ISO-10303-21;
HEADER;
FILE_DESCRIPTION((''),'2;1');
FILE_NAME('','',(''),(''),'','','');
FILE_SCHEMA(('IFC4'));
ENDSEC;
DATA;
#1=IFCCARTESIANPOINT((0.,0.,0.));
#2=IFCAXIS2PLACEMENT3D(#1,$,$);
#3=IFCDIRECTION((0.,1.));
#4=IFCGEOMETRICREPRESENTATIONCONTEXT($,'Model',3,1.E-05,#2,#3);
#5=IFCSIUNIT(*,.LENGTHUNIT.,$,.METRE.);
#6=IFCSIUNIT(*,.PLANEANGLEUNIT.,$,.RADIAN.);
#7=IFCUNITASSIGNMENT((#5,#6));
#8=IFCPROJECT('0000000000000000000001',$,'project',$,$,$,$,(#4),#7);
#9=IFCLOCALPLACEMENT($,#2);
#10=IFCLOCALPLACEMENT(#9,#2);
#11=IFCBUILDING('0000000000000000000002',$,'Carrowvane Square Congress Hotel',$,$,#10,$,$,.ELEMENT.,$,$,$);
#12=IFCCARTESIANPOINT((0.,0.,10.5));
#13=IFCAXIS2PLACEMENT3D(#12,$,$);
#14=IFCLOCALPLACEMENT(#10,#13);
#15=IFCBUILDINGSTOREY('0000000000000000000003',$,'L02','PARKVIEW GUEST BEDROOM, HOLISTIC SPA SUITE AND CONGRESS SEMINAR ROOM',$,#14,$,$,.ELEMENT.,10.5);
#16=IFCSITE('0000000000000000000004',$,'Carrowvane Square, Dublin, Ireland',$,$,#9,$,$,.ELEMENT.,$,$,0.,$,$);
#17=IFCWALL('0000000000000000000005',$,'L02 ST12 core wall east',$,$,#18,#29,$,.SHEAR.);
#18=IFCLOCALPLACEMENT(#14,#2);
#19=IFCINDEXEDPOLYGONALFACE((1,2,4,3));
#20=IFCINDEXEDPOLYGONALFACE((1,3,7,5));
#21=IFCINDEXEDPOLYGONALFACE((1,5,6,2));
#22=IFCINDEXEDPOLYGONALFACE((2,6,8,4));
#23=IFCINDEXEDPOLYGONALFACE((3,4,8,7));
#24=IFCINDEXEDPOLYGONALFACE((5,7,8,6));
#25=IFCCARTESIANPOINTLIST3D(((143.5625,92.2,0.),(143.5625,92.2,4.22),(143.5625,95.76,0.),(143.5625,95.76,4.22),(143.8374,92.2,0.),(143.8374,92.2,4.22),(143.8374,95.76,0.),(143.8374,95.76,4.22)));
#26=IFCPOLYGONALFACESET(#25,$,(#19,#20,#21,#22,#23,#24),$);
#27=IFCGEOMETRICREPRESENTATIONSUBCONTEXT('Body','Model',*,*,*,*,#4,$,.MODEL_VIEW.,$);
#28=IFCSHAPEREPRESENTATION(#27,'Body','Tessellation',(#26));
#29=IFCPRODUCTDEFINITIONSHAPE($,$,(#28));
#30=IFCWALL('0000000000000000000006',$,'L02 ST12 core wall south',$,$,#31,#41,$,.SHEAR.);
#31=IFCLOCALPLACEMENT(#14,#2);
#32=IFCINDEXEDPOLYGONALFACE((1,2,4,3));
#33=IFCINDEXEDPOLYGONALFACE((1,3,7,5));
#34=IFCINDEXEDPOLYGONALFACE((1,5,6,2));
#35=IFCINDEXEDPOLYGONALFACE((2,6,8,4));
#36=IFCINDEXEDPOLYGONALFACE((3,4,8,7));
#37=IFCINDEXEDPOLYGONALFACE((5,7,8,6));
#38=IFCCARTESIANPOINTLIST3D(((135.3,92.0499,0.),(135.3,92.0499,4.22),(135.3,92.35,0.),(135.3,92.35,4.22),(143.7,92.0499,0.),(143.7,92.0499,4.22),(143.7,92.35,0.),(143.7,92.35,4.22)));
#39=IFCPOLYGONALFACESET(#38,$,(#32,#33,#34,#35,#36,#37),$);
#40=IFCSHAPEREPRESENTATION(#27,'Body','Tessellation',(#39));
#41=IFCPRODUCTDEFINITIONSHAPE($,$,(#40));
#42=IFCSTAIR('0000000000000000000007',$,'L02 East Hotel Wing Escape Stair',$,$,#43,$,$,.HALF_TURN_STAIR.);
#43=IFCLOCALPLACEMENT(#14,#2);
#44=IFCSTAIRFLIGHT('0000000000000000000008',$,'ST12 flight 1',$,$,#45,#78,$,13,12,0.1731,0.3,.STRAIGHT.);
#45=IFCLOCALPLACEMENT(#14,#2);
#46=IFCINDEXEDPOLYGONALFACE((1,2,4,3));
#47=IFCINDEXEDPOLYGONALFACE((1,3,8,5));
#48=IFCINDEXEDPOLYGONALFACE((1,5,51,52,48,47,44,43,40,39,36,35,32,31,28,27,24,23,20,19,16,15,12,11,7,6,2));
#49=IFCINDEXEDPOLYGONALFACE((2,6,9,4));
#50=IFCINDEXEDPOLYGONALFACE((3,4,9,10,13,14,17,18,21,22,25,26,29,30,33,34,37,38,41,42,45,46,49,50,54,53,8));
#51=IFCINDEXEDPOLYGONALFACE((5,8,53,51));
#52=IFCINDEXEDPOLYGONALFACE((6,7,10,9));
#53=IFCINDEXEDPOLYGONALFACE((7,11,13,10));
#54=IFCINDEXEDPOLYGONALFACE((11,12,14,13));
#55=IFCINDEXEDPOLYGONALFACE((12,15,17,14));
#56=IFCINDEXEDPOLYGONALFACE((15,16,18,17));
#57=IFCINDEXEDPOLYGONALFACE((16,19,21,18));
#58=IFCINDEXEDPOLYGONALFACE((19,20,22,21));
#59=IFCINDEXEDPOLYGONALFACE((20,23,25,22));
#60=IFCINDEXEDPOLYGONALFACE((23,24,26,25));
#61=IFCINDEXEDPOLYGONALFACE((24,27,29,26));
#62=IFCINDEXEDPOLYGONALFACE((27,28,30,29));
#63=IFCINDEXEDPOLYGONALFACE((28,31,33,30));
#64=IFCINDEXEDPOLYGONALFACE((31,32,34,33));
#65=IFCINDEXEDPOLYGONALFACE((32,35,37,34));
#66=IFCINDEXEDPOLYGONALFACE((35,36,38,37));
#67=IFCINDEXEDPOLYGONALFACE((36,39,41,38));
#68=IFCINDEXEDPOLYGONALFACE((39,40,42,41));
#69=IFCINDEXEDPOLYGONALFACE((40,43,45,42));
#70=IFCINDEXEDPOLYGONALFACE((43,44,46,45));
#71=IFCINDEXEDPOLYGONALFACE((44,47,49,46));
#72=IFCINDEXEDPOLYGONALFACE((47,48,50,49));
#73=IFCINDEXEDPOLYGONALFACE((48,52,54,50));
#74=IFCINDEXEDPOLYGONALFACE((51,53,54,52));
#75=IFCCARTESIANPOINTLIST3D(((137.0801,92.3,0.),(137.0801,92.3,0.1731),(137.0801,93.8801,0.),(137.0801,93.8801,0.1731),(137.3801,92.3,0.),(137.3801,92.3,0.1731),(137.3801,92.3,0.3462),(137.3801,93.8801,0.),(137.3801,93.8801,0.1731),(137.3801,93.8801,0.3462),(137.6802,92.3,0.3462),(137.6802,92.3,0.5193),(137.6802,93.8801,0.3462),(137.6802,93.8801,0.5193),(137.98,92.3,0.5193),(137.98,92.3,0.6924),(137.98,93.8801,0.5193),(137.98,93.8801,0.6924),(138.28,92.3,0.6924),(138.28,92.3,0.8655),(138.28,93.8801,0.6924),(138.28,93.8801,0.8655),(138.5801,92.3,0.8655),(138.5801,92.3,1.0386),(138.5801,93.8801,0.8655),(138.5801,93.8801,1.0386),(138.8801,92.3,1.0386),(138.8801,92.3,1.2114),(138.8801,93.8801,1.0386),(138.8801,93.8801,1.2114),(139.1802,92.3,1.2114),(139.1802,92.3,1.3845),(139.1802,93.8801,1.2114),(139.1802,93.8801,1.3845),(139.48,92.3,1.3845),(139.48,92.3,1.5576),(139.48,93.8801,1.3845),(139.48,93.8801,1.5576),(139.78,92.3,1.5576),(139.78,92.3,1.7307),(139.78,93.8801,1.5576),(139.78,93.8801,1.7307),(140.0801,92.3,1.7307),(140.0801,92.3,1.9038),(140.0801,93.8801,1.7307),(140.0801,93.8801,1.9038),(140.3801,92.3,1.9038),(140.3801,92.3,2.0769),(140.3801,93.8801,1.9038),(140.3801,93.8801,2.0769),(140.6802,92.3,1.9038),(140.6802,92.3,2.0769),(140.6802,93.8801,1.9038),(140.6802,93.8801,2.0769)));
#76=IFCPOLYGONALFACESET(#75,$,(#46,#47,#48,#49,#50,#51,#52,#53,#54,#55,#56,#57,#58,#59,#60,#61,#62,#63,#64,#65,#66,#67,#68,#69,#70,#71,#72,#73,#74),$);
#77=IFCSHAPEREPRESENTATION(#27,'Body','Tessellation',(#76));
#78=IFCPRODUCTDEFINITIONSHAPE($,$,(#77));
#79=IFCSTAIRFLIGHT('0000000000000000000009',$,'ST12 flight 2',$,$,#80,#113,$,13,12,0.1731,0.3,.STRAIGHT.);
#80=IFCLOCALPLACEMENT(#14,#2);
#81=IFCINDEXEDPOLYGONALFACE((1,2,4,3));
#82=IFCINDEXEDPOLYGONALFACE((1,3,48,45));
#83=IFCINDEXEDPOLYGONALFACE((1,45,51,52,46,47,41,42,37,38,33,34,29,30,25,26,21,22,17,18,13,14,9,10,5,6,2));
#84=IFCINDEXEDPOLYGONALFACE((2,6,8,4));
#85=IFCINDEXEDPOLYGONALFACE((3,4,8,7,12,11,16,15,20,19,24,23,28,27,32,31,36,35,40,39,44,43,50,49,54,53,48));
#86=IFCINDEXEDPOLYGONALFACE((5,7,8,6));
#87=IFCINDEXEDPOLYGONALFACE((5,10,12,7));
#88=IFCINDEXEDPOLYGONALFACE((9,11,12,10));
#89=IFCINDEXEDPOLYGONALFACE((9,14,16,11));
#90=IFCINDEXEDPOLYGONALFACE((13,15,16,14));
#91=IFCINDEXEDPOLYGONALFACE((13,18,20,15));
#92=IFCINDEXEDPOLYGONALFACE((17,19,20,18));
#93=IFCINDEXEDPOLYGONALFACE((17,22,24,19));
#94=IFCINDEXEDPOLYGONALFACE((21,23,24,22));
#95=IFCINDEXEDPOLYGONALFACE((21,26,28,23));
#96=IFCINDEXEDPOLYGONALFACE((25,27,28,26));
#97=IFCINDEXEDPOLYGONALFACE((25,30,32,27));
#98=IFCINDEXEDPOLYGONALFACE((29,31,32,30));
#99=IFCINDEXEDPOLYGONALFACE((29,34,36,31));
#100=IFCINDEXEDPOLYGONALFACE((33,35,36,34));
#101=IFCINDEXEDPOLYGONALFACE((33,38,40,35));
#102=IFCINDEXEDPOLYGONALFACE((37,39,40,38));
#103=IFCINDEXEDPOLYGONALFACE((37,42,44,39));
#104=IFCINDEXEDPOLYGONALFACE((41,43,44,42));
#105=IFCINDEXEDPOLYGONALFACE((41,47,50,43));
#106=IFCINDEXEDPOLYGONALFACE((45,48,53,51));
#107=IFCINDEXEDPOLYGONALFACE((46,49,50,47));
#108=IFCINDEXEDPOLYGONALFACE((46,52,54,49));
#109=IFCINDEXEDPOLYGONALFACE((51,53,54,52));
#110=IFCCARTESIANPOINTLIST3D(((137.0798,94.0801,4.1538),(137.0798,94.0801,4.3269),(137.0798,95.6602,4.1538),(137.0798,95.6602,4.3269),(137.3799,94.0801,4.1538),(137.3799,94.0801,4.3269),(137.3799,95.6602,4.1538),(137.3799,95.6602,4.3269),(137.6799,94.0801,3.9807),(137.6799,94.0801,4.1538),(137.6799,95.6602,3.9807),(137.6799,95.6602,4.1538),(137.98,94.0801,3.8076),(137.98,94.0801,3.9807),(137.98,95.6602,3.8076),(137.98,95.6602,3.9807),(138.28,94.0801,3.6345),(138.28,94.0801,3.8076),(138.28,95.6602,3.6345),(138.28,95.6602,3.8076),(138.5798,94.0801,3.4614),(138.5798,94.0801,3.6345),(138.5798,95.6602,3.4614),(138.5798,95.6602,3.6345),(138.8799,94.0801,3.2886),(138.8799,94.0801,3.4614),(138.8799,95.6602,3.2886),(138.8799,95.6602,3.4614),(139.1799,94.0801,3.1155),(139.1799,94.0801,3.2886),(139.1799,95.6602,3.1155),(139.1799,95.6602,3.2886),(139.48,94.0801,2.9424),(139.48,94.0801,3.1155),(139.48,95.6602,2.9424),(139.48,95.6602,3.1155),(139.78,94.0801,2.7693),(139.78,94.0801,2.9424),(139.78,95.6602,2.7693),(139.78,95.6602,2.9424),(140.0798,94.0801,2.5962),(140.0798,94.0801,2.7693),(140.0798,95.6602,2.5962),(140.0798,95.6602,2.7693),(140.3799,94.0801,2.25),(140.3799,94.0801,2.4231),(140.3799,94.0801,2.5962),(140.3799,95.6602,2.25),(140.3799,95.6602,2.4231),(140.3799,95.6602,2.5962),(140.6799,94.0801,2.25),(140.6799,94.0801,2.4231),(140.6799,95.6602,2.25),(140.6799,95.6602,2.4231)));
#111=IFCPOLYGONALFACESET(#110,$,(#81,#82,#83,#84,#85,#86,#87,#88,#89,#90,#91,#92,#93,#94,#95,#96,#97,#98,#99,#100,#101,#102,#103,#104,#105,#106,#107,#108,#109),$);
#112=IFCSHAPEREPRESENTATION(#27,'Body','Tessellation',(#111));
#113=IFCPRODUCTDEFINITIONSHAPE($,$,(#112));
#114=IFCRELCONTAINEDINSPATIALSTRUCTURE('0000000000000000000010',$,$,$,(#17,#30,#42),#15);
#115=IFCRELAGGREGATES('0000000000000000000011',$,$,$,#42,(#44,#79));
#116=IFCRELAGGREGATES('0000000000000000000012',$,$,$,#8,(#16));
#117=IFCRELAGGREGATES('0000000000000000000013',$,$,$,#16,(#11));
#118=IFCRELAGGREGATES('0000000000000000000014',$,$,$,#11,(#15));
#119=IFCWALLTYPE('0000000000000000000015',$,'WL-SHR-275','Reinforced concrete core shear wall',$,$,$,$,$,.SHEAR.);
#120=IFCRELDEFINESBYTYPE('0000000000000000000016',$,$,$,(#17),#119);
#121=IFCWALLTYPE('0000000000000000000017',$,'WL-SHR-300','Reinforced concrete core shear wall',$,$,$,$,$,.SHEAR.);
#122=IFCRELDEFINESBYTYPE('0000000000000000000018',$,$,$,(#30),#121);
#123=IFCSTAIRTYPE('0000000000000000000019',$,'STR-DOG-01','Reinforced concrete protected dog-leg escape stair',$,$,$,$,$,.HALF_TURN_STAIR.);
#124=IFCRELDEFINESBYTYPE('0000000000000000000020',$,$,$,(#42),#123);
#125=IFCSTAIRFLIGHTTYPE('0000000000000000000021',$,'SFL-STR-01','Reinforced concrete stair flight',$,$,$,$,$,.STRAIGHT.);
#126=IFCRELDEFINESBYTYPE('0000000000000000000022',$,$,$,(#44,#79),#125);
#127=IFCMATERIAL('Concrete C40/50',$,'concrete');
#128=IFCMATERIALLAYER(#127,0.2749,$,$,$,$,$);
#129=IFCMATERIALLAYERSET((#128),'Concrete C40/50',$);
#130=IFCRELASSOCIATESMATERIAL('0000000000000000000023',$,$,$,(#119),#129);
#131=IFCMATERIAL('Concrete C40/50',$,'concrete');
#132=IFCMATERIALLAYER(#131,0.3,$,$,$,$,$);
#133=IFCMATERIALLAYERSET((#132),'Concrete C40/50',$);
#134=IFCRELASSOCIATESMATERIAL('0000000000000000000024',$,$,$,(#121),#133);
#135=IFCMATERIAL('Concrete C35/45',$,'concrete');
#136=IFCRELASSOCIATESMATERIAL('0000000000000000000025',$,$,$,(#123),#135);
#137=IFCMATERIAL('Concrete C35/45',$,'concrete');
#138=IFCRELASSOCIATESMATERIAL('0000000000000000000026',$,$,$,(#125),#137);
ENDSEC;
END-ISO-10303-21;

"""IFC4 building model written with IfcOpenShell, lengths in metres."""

from ifc_helpers import new_model, si_unit, direction, frame, frame_2d, origin, place, context, subcontext, project, spatial, polyline, rectangle, outline, extrude, material, layer, layer_set, type_object, element, aggregate, save


model = new_model("IFC4")

# Units and contexts
model_context = context("Model", 3, precision=1e-05, world=origin(), true_north=direction((0.0, 1.0)))
body_context = subcontext(model_context, "Body", "Model", "MODEL_VIEW")
ifc_project = project(units=[si_unit("LENGTHUNIT", "METRE"), si_unit("PLANEANGLEUNIT", "RADIAN")], contexts=[model_context])

# Site, building, storey
site_placement = place(None, origin())
site = spatial("IfcSite", under=ifc_project, at=site_placement, Name="Carrowvane Square, Dublin, Ireland", CompositionType="ELEMENT", RefElevation=0.0)
building_placement = place(site_placement, origin())
building = spatial("IfcBuilding", under=site, at=building_placement, Name="Carrowvane Square Congress Hotel", CompositionType="ELEMENT")
storey_placement = place(building_placement, frame((0.0, 0.0, 10.5)))
storey = spatial("IfcBuildingStorey", under=building, at=storey_placement, Name="L02", Description="PARKVIEW GUEST BEDROOM, HOLISTIC SPA SUITE AND CONGRESS SEMINAR ROOM", CompositionType="ELEMENT", Elevation=10.5)

# Walls
ifc_material_1 = material(Name="Concrete C40/50", Category="concrete")
ifc_layer_1 = layer(ifc_material_1, 0.2749)
ifc_layer_set_1 = layer_set([ifc_layer_1], Name="Concrete C40/50")
wall_type_1 = type_object("IfcWallType", Name="WL-SHR-275", Description="Reinforced concrete core shear wall", PredefinedType="SHEAR", material=ifc_layer_set_1)
wall_1_placement = place(storey_placement, frame((143.7, 92.2, 0.0), z_axis=(0.0, 0.0, 1.0), x_axis=(0.0, 1.0, 0.0)))
element("IfcWall", 1, at=wall_1_placement, inside=storey, type_object=wall_type_1, Name="L02 ST12 core wall east", PredefinedType="SHEAR", context=body_context, shape_type="SweptSolid", body=[
    extrude(rectangle(XDim=3.5601, YDim=0.2749, at=frame_2d((1.78, 0.0))), origin(), (0.0, 0.0, 1.0), 4.22),
])
ifc_material_2 = material(Name="Concrete C40/50", Category="concrete")
ifc_layer_2 = layer(ifc_material_2, 0.3)
ifc_layer_set_2 = layer_set([ifc_layer_2], Name="Concrete C40/50")
wall_type_2 = type_object("IfcWallType", Name="WL-SHR-300", Description="Reinforced concrete core shear wall", PredefinedType="SHEAR", material=ifc_layer_set_2)
wall_2_placement = place(storey_placement, frame((135.3, 92.2, 0.0), z_axis=(0.0, 0.0, 1.0), x_axis=(1.0, 0.0, 0.0)))
element("IfcWall", 2, at=wall_2_placement, inside=storey, type_object=wall_type_2, Name="L02 ST12 core wall south", PredefinedType="SHEAR", context=body_context, shape_type="SweptSolid", body=[
    extrude(rectangle(XDim=8.3999, YDim=0.3, at=frame_2d((4.2, 0.0))), origin(), (0.0, 0.0, 1.0), 4.22),
])

# Stair, stair flights
ifc_material_3 = material(Name="Concrete C35/45", Category="concrete")
stair_type = type_object("IfcStairType", Name="STR-DOG-01", Description="Reinforced concrete protected dog-leg escape stair", PredefinedType="HALF_TURN_STAIR", material=ifc_material_3)
stair_placement = place(storey_placement, origin())
stair = element("IfcStair", 3, at=stair_placement, inside=storey, type_object=stair_type, Name="L02 East Hotel Wing Escape Stair", PredefinedType="HALF_TURN_STAIR")
ifc_material_4 = material(Name="Concrete C35/45", Category="concrete")
stair_flight_type = type_object("IfcStairFlightType", Name="SFL-STR-01", Description="Reinforced concrete stair flight", PredefinedType="STRAIGHT", material=ifc_material_4)
stair_flight_1_placement = place(storey_placement, frame((137.0801, 93.0901, 0.0), z_axis=(0.0, 0.0, 1.0), x_axis=(1.0, 0.0, 0.0)))
stair_flight_1 = element("IfcStairFlight", 4, at=stair_flight_1_placement, type_object=stair_flight_type, Name="ST12 flight 1", NumberOfRisers=13, NumberOfTreads=12, PredefinedType="STRAIGHT", RiserHeight=0.1731, TreadLength=0.3, context=body_context, shape_type="SweptSolid", body=[
    extrude(outline(polyline([(0.0, 0.0), (0.0, 0.1731), (0.3, 0.1731), (0.3, 0.3462), (0.6001, 0.3462), (0.6001, 0.5193), (0.8999, 0.5193), (0.8999, 0.6924), (1.2, 0.6924), (1.2, 0.8655), (1.5, 0.8655), (1.5, 1.0386), (1.8, 1.0386), (1.8, 1.2114), (2.1001, 1.2114), (2.1001, 1.3845), (2.3999, 1.3845), (2.3999, 1.5576), (2.7, 1.5576), (2.7, 1.7307), (3.0, 1.7307), (3.0, 1.9038), (3.3, 1.9038), (3.3, 2.0769), (3.6001, 2.0769), (3.6001, 2.25), (3.6001, 1.9038), (0.3, 0.0), (0.0, 0.0)])), frame((0.0, 0.79, 0.0), z_axis=(0.0, -1.0, 0.0), x_axis=(1.0, 0.0, 0.0)), (0.0, 0.0, 1.0), 1.5801),
])
stair_flight_2_placement = place(storey_placement, frame((140.6799, 94.8701, 2.25), z_axis=(0.0, 0.0, 1.0), x_axis=(-1.0, 0.0, 0.0)))
stair_flight_2 = element("IfcStairFlight", 5, at=stair_flight_2_placement, type_object=stair_flight_type, Name="ST12 flight 2", NumberOfRisers=13, NumberOfTreads=12, PredefinedType="STRAIGHT", RiserHeight=0.1731, TreadLength=0.3, context=body_context, shape_type="SweptSolid", body=[
    extrude(outline(polyline([(0.0, 0.0), (0.0, 0.1731), (0.3, 0.1731), (0.3, 0.3462), (0.6001, 0.3462), (0.6001, 0.5193), (0.8999, 0.5193), (0.8999, 0.6924), (1.2, 0.6924), (1.2, 0.8655), (1.5, 0.8655), (1.5, 1.0386), (1.8, 1.0386), (1.8, 1.2114), (2.1001, 1.2114), (2.1001, 1.3845), (2.3999, 1.3845), (2.3999, 1.5576), (2.7, 1.5576), (2.7, 1.7307), (3.0, 1.7307), (3.0, 1.9038), (3.3, 1.9038), (3.3, 2.0769), (3.6001, 2.0769), (3.6001, 2.25), (3.6001, 1.9038), (0.3, 0.0), (0.0, 0.0)])), frame((0.0, 0.79, 0.0), z_axis=(0.0, -1.0, 0.0), x_axis=(1.0, 0.0, 0.0)), (0.0, 0.0, 1.0), 1.5801),
])
aggregate(stair, [stair_flight_1, stair_flight_2])

save(model, "model.ifc")
